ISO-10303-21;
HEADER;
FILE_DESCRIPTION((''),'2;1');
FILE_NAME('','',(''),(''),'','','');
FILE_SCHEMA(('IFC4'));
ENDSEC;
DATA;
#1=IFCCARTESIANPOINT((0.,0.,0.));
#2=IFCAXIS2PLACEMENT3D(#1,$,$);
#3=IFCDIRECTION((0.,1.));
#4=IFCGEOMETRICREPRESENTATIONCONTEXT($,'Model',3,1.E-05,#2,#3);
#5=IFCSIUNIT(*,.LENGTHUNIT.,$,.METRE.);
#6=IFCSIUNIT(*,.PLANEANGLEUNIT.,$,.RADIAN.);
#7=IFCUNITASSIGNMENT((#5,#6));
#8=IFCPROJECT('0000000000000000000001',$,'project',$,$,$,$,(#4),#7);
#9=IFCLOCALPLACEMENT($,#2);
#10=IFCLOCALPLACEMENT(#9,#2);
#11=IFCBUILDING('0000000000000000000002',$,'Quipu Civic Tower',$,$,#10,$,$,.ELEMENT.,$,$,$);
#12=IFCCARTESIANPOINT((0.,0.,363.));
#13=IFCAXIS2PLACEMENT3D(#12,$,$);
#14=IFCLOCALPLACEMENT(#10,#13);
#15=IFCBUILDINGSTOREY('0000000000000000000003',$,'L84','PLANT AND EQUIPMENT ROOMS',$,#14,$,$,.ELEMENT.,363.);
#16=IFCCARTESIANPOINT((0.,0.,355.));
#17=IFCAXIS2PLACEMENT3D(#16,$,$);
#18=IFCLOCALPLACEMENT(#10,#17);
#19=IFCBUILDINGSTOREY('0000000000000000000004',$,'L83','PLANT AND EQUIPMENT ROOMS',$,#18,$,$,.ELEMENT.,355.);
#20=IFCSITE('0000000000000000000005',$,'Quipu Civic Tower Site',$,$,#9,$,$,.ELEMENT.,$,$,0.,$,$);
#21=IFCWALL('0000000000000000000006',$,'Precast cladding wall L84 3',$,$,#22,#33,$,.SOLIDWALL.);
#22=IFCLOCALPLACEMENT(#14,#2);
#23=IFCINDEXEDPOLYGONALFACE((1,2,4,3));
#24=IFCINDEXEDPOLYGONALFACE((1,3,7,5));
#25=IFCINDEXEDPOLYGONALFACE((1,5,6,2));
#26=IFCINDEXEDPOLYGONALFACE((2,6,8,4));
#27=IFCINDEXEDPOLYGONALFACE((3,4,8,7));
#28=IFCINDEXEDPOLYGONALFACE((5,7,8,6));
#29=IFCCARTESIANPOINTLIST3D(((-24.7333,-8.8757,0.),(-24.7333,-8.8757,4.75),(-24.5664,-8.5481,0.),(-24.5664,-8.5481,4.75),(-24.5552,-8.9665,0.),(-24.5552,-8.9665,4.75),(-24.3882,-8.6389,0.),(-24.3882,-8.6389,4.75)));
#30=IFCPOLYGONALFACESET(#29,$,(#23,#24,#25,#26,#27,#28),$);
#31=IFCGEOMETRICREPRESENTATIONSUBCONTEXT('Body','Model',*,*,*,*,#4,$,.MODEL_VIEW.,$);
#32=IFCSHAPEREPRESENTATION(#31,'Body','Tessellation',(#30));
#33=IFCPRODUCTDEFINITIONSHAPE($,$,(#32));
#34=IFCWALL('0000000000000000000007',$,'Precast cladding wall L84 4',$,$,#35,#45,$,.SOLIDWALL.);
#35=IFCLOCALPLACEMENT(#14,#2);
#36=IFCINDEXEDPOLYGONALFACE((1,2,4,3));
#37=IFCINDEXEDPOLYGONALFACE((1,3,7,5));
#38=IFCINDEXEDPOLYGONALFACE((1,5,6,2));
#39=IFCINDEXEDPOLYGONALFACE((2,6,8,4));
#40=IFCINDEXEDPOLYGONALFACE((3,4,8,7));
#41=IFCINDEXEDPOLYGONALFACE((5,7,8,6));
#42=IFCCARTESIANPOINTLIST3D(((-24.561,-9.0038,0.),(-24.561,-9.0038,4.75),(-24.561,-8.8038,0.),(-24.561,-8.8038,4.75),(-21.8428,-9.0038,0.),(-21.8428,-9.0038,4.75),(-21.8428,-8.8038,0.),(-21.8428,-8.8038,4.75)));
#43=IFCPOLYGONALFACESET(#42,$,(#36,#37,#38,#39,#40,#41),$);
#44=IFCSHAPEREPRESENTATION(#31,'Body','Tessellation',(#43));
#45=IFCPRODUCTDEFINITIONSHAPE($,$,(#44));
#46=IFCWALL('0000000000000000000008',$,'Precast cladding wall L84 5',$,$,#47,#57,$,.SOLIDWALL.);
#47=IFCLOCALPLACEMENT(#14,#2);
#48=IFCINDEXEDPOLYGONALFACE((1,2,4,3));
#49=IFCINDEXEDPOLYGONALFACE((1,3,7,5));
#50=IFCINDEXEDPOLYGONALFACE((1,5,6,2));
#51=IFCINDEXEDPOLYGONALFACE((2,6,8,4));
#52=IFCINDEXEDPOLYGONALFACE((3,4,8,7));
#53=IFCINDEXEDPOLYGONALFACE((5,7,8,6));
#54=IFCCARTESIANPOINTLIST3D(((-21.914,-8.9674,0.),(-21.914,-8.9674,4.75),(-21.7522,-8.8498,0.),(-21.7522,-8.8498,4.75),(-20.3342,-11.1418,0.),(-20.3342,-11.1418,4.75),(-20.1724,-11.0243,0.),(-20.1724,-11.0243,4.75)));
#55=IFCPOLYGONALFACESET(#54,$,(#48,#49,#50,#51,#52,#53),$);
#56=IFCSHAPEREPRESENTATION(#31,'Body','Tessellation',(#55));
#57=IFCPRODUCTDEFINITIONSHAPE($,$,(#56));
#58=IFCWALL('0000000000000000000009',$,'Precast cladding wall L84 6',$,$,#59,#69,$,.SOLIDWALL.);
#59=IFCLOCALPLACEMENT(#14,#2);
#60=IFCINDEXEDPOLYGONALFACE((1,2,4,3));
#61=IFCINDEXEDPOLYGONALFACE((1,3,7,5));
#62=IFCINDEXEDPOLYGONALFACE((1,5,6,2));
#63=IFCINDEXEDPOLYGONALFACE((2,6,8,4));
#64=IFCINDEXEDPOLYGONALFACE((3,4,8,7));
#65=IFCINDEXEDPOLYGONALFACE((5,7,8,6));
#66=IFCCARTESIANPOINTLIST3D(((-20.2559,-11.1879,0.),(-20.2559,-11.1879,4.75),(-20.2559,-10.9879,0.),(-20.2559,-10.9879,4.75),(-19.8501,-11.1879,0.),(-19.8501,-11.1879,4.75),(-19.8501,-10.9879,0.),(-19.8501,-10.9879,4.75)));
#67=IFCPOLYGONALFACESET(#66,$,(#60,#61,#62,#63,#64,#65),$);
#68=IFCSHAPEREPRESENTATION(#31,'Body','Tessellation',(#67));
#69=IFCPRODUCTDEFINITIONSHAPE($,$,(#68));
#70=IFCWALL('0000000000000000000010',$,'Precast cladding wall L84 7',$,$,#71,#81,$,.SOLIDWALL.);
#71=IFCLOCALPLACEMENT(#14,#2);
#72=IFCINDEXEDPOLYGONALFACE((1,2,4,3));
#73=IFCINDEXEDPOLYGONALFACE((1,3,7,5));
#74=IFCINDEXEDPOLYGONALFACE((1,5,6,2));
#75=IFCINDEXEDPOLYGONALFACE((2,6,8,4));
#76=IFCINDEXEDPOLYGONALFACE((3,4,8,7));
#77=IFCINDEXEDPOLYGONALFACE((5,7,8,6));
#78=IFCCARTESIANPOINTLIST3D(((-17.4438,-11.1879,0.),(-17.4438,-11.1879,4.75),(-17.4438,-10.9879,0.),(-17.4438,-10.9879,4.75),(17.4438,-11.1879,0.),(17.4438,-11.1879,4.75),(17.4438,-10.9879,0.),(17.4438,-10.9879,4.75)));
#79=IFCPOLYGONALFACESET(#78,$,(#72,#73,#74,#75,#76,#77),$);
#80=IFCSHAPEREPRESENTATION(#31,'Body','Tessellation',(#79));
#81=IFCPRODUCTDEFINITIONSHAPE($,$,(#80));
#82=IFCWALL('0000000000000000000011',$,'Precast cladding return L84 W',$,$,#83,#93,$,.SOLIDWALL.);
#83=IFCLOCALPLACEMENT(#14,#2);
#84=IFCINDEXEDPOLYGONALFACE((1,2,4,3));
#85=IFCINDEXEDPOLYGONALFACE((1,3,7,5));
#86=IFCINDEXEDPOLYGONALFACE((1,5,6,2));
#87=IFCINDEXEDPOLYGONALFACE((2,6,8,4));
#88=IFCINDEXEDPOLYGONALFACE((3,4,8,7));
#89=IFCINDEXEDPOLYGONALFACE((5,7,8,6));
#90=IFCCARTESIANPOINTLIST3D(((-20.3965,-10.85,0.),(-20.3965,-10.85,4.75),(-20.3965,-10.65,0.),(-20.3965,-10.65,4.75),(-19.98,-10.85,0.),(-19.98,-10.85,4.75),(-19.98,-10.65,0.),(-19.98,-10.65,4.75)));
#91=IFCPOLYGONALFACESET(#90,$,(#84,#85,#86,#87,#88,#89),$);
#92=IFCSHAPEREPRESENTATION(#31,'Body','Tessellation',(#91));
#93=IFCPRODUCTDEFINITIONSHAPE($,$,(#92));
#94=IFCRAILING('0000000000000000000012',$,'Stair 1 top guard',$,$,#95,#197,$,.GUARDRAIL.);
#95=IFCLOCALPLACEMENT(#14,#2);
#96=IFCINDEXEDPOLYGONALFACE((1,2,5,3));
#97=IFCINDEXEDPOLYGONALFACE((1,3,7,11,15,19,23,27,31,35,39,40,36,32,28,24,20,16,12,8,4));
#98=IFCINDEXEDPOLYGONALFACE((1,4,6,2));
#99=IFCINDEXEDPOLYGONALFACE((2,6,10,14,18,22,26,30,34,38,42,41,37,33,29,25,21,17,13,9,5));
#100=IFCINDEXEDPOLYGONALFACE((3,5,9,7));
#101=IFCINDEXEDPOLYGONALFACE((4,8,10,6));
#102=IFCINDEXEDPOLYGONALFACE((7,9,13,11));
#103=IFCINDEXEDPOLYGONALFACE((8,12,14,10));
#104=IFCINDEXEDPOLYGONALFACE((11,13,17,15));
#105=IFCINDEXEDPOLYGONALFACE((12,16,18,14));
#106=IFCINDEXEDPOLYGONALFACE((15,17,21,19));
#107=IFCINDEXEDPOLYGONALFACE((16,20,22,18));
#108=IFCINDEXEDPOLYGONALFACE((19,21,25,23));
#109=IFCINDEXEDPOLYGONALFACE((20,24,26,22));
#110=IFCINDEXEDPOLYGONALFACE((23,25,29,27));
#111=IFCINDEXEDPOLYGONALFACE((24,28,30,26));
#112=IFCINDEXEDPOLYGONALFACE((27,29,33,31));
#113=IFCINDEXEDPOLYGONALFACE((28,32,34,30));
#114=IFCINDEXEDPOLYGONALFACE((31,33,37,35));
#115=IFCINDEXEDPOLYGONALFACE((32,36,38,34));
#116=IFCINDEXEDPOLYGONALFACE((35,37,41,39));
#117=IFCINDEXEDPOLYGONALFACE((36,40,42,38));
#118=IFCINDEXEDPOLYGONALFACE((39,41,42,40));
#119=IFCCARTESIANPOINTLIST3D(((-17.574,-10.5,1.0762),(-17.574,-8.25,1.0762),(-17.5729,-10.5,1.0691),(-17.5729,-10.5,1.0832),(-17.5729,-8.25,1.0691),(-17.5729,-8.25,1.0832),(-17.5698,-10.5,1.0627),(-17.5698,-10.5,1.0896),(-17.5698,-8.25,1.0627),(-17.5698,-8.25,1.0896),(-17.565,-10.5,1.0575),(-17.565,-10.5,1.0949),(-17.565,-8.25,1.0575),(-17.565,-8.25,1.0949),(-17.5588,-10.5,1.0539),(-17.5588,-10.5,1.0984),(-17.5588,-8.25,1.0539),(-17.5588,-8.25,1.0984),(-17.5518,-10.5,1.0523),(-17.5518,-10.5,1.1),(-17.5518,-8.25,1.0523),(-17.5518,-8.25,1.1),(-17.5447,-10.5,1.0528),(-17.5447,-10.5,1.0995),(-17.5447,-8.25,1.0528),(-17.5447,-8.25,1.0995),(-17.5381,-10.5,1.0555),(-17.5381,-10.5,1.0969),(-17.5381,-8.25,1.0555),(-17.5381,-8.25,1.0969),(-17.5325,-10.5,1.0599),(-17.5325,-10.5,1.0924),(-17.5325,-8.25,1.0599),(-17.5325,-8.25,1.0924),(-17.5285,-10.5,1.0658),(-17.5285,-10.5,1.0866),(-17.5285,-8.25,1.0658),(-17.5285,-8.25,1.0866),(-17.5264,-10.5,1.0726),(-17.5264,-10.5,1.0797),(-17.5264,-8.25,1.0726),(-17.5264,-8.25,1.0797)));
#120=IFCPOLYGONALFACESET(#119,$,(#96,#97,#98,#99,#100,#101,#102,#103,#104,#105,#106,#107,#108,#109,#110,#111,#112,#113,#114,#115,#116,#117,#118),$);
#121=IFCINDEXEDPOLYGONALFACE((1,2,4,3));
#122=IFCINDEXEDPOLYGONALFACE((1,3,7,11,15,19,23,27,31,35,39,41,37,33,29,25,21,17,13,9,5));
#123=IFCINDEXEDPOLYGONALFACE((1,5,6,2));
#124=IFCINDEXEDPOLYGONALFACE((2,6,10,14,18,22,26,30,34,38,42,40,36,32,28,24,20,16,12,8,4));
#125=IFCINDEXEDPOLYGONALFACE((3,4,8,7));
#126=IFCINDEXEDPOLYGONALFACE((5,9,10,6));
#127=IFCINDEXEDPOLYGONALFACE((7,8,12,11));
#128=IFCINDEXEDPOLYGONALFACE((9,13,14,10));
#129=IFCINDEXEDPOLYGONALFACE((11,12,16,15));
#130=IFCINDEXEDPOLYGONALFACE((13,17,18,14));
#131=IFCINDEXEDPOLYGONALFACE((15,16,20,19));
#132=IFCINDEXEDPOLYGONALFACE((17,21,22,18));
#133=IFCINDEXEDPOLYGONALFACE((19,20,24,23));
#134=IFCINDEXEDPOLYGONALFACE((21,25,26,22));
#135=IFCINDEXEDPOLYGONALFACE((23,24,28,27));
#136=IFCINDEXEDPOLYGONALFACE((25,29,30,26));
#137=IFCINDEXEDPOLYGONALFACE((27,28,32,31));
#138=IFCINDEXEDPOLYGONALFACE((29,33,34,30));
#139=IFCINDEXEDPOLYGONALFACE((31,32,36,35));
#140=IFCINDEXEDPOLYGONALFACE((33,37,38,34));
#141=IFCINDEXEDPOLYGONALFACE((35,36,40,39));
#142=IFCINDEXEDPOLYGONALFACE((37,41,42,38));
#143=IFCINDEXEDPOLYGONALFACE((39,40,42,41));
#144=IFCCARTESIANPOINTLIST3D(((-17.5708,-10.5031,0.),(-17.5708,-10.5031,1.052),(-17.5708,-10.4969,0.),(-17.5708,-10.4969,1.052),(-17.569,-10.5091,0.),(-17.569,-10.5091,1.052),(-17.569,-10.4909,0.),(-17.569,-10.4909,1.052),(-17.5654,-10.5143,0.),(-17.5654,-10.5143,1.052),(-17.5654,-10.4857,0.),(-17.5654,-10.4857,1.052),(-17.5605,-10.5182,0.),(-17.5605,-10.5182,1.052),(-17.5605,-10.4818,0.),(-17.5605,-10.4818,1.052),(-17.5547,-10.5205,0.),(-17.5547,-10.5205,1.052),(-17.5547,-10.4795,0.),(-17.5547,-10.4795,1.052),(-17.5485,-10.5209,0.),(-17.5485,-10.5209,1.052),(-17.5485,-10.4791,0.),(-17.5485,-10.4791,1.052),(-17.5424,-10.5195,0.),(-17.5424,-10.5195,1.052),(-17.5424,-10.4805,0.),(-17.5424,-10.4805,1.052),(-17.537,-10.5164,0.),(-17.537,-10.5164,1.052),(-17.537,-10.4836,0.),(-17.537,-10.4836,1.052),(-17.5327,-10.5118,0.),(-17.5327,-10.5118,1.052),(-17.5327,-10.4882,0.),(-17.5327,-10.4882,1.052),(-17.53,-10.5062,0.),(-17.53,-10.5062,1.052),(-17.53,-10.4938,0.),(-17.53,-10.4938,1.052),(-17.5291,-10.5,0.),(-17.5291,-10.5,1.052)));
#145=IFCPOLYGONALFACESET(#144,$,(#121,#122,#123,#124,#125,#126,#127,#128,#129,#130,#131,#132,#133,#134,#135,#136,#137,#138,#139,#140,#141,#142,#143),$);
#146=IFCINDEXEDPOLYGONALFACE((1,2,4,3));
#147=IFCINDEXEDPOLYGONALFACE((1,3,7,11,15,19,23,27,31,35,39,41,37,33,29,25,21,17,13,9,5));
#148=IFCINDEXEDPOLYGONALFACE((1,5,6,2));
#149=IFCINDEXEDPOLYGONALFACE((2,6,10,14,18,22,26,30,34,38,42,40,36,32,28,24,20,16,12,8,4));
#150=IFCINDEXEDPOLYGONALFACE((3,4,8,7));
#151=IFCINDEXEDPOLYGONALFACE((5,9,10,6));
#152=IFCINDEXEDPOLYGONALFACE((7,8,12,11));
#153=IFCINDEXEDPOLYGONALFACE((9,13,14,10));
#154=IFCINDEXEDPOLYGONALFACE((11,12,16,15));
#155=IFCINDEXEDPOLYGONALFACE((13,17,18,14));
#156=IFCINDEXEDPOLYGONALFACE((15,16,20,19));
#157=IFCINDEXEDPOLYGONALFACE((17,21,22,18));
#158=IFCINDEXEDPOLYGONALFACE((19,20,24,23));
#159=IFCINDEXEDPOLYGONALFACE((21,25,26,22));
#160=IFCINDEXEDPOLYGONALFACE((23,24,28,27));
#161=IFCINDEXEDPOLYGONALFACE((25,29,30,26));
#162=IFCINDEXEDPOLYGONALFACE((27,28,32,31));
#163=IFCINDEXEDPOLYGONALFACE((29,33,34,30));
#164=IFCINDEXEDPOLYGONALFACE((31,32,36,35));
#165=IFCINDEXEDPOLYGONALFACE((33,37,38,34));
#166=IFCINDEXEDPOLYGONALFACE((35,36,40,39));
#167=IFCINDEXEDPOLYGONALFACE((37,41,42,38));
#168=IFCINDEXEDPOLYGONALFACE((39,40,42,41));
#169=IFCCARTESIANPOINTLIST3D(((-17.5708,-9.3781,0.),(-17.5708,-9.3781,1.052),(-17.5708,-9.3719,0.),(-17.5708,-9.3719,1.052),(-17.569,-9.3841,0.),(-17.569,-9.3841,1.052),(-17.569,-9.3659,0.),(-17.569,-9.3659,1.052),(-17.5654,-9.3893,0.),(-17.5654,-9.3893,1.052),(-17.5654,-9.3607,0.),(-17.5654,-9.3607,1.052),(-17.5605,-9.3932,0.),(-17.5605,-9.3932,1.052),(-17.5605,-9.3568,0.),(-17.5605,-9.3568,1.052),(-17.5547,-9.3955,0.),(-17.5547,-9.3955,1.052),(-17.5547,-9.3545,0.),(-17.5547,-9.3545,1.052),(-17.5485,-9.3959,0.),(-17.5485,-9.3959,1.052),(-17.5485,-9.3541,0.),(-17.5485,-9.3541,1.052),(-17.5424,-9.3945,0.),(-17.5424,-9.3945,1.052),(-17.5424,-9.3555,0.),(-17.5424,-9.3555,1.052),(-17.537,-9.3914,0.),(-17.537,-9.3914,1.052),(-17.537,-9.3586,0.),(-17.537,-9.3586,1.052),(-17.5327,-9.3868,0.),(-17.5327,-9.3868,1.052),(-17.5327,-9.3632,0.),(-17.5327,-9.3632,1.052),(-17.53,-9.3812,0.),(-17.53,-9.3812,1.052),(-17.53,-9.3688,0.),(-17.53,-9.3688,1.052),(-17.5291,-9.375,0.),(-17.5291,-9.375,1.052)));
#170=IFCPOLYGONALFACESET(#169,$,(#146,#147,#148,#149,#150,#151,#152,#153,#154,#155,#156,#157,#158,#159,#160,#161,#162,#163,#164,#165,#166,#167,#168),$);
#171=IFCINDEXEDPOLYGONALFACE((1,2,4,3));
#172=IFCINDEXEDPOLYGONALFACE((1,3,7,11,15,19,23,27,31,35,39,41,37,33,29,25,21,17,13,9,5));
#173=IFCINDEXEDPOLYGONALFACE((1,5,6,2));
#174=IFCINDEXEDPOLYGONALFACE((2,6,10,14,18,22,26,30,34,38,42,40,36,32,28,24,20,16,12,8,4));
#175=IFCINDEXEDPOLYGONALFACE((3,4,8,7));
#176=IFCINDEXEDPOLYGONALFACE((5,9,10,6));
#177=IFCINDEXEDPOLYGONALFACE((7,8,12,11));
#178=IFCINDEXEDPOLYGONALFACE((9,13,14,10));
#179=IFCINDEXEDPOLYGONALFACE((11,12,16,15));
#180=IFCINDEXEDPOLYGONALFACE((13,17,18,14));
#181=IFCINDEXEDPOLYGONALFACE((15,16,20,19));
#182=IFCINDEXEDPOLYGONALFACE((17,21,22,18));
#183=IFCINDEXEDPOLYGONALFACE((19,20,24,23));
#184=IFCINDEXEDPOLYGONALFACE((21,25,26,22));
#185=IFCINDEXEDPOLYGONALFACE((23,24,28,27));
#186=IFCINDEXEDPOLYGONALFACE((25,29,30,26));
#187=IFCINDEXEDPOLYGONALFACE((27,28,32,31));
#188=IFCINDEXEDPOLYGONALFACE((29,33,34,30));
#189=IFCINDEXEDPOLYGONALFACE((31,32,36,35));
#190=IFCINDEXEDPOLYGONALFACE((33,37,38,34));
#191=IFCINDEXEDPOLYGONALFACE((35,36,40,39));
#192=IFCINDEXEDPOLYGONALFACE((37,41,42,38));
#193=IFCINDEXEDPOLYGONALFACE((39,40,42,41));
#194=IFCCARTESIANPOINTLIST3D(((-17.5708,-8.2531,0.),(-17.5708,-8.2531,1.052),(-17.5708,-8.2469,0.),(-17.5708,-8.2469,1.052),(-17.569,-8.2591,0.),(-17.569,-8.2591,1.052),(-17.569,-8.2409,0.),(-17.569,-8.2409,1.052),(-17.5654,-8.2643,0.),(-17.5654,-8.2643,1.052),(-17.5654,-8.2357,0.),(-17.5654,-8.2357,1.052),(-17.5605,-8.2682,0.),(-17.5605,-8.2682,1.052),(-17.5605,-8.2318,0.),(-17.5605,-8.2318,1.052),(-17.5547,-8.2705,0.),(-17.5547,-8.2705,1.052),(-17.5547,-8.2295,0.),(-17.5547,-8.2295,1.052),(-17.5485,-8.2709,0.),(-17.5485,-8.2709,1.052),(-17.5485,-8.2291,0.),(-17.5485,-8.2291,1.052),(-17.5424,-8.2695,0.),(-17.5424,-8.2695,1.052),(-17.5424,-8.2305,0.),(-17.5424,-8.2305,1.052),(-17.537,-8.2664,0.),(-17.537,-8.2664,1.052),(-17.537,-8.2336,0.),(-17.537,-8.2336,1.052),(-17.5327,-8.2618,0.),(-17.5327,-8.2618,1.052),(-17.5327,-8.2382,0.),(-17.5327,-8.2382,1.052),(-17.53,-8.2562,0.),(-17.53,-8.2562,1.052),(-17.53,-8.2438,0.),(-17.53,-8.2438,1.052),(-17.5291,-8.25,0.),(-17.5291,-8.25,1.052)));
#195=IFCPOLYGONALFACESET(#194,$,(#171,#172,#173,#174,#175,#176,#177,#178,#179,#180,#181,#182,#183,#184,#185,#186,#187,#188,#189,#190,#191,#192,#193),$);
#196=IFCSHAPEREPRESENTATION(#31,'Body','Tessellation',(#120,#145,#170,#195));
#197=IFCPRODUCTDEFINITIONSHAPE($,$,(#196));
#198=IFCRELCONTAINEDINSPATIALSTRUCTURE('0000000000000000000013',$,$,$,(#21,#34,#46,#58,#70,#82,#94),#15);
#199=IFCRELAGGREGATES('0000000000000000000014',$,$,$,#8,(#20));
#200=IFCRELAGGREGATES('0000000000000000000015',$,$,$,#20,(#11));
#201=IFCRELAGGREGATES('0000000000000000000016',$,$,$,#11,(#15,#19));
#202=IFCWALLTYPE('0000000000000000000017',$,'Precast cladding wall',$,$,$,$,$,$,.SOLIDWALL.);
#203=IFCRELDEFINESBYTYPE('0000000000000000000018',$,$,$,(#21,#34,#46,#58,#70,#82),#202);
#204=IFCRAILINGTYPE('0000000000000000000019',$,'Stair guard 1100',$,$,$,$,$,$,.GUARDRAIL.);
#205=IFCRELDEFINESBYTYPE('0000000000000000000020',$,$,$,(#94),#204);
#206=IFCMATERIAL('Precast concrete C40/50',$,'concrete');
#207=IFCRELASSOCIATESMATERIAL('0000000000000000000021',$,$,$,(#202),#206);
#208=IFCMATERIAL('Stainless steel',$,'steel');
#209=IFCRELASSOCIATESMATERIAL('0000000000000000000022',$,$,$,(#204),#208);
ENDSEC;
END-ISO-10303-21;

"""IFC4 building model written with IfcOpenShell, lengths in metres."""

from ifc_helpers import new_model, si_unit, direction, frame, frame_2d, origin, origin_2d, place, context, subcontext, project, spatial, rectangle, circle, extrude, material, type_object, element, save


model = new_model("IFC4")

# Units and contexts
model_context = context("Model", 3, precision=1e-05, world=origin(), true_north=direction((0.0, 1.0)))
body_context = subcontext(model_context, "Body", "Model", "MODEL_VIEW")
ifc_project = project(units=[si_unit("LENGTHUNIT", "METRE"), si_unit("PLANEANGLEUNIT", "RADIAN")], contexts=[model_context])

# Site, building, storey
site_placement = place(None, origin())
site = spatial("IfcSite", under=ifc_project, at=site_placement, Name="Quipu Civic Tower Site", CompositionType="ELEMENT", RefElevation=0.0)
building_placement = place(site_placement, origin())
building = spatial("IfcBuilding", under=site, at=building_placement, Name="Quipu Civic Tower", CompositionType="ELEMENT")
storey_1_placement = place(building_placement, frame((0.0, 0.0, 363.0)))
storey_1 = spatial("IfcBuildingStorey", under=building, at=storey_1_placement, Name="L84", Description="PLANT AND EQUIPMENT ROOMS", CompositionType="ELEMENT", Elevation=363.0)

# Shared definitions
storey_2_placement = place(building_placement, frame((0.0, 0.0, 355.0)))
storey_2 = spatial("IfcBuildingStorey", under=building, at=storey_2_placement, Name="L83", Description="PLANT AND EQUIPMENT ROOMS", CompositionType="ELEMENT", Elevation=355.0)

# Walls
ifc_material_1 = material(Name="Precast concrete C40/50", Category="concrete")
wall_type_1 = type_object("IfcWallType", Name="Precast cladding wall", PredefinedType="SOLIDWALL", material=ifc_material_1)
wall_1_placement = place(storey_1_placement, frame((-24.4773, -8.5935, 0.0), z_axis=(0.0, 0.0, 1.0), x_axis=(-0.454105, -0.890948, 0.0)))
element("IfcWall", 1, at=wall_1_placement, inside=storey_1, type_object=wall_type_1, Name="Precast cladding wall L84 3", PredefinedType="SOLIDWALL", context=body_context, shape_type="SweptSolid", body=[
    extrude(rectangle(XDim=0.3677, YDim=0.2, at=frame_2d((0.1838, 0.0))), origin(), (0.0, 0.0, 1.0), 4.75),
])
wall_2_placement = place(storey_1_placement, frame((-24.561, -8.9038, 0.0), z_axis=(0.0, 0.0, 1.0), x_axis=(1.0, 0.0, 0.0)))
element("IfcWall", 2, at=wall_2_placement, inside=storey_1, type_object=wall_type_1, Name="Precast cladding wall L84 4", PredefinedType="SOLIDWALL", context=body_context, shape_type="SweptSolid", body=[
    extrude(rectangle(XDim=2.7183, YDim=0.2, at=frame_2d((1.3591, 0.0))), origin(), (0.0, 0.0, 1.0), 4.75),
])
wall_3_placement = place(storey_1_placement, frame((-21.833, -8.9087, 0.0), z_axis=(0.0, 0.0, 1.0), x_axis=(0.587767, -0.809031, 0.0)))
element("IfcWall", 3, at=wall_3_placement, inside=storey_1, type_object=wall_type_1, Name="Precast cladding wall L84 5", PredefinedType="SOLIDWALL", context=body_context, shape_type="SweptSolid", body=[
    extrude(rectangle(XDim=2.6877, YDim=0.2, at=frame_2d((1.3438, 0.0))), origin(), (0.0, 0.0, 1.0), 4.75),
])
wall_4_placement = place(storey_1_placement, frame((-20.2559, -11.0879, 0.0), z_axis=(0.0, 0.0, 1.0), x_axis=(1.0, 0.0, 0.0)))
element("IfcWall", 4, at=wall_4_placement, inside=storey_1, type_object=wall_type_1, Name="Precast cladding wall L84 6", PredefinedType="SOLIDWALL", context=body_context, shape_type="SweptSolid", body=[
    extrude(rectangle(XDim=0.4058, YDim=0.2, at=frame_2d((0.2029, 0.0))), origin(), (0.0, 0.0, 1.0), 4.75),
])
wall_5_placement = place(storey_1_placement, frame((-17.4438, -11.0879, 0.0), z_axis=(0.0, 0.0, 1.0), x_axis=(1.0, 0.0, 0.0)))
element("IfcWall", 5, at=wall_5_placement, inside=storey_1, type_object=wall_type_1, Name="Precast cladding wall L84 7", PredefinedType="SOLIDWALL", context=body_context, shape_type="SweptSolid", body=[
    extrude(rectangle(XDim=34.8877, YDim=0.2, at=frame_2d((17.4438, 0.0))), origin(), (0.0, 0.0, 1.0), 4.75),
])
wall_6_placement = place(storey_1_placement, frame((-19.98, -10.75, 0.0), z_axis=(0.0, 0.0, 1.0), x_axis=(-1.0, 0.0, 0.0)))
element("IfcWall", 6, at=wall_6_placement, inside=storey_1, type_object=wall_type_1, Name="Precast cladding return L84 W", PredefinedType="SOLIDWALL", context=body_context, shape_type="SweptSolid", body=[
    extrude(rectangle(XDim=0.4165, YDim=0.2, at=frame_2d((0.2083, 0.0))), origin(), (0.0, 0.0, 1.0), 4.75),
])

# Railing
ifc_material_2 = material(Name="Stainless steel", Category="steel")
railing_type = type_object("IfcRailingType", Name="Stair guard 1100", PredefinedType="GUARDRAIL", material=ifc_material_2)
railing_placement = place(storey_1_placement, frame((-17.55, -10.5, 0.0)))
element("IfcRailing", 7, at=railing_placement, inside=storey_1, type_object=railing_type, Name="Stair 1 top guard", PredefinedType="GUARDRAIL", context=body_context, shape_type="SweptSolid", body=[
    extrude(circle(Radius=0.0239, at=origin_2d()), frame((0.0, 0.0, 1.0762), z_axis=(0.0, 1.0, 0.0), x_axis=(-1.0, 0.0, 0.0)), (0.0, 0.0, 1.0), 2.25),
    extrude(circle(Radius=0.021, at=origin_2d()), origin(), (0.0, 0.0, 1.0), 1.052),
    extrude(circle(Radius=0.021, at=origin_2d()), frame((0.0, 1.125, 0.0)), (0.0, 0.0, 1.0), 1.052),
    extrude(circle(Radius=0.021, at=origin_2d()), frame((0.0, 2.25, 0.0)), (0.0, 0.0, 1.0), 1.052),
])

save(model, "model.ifc")
